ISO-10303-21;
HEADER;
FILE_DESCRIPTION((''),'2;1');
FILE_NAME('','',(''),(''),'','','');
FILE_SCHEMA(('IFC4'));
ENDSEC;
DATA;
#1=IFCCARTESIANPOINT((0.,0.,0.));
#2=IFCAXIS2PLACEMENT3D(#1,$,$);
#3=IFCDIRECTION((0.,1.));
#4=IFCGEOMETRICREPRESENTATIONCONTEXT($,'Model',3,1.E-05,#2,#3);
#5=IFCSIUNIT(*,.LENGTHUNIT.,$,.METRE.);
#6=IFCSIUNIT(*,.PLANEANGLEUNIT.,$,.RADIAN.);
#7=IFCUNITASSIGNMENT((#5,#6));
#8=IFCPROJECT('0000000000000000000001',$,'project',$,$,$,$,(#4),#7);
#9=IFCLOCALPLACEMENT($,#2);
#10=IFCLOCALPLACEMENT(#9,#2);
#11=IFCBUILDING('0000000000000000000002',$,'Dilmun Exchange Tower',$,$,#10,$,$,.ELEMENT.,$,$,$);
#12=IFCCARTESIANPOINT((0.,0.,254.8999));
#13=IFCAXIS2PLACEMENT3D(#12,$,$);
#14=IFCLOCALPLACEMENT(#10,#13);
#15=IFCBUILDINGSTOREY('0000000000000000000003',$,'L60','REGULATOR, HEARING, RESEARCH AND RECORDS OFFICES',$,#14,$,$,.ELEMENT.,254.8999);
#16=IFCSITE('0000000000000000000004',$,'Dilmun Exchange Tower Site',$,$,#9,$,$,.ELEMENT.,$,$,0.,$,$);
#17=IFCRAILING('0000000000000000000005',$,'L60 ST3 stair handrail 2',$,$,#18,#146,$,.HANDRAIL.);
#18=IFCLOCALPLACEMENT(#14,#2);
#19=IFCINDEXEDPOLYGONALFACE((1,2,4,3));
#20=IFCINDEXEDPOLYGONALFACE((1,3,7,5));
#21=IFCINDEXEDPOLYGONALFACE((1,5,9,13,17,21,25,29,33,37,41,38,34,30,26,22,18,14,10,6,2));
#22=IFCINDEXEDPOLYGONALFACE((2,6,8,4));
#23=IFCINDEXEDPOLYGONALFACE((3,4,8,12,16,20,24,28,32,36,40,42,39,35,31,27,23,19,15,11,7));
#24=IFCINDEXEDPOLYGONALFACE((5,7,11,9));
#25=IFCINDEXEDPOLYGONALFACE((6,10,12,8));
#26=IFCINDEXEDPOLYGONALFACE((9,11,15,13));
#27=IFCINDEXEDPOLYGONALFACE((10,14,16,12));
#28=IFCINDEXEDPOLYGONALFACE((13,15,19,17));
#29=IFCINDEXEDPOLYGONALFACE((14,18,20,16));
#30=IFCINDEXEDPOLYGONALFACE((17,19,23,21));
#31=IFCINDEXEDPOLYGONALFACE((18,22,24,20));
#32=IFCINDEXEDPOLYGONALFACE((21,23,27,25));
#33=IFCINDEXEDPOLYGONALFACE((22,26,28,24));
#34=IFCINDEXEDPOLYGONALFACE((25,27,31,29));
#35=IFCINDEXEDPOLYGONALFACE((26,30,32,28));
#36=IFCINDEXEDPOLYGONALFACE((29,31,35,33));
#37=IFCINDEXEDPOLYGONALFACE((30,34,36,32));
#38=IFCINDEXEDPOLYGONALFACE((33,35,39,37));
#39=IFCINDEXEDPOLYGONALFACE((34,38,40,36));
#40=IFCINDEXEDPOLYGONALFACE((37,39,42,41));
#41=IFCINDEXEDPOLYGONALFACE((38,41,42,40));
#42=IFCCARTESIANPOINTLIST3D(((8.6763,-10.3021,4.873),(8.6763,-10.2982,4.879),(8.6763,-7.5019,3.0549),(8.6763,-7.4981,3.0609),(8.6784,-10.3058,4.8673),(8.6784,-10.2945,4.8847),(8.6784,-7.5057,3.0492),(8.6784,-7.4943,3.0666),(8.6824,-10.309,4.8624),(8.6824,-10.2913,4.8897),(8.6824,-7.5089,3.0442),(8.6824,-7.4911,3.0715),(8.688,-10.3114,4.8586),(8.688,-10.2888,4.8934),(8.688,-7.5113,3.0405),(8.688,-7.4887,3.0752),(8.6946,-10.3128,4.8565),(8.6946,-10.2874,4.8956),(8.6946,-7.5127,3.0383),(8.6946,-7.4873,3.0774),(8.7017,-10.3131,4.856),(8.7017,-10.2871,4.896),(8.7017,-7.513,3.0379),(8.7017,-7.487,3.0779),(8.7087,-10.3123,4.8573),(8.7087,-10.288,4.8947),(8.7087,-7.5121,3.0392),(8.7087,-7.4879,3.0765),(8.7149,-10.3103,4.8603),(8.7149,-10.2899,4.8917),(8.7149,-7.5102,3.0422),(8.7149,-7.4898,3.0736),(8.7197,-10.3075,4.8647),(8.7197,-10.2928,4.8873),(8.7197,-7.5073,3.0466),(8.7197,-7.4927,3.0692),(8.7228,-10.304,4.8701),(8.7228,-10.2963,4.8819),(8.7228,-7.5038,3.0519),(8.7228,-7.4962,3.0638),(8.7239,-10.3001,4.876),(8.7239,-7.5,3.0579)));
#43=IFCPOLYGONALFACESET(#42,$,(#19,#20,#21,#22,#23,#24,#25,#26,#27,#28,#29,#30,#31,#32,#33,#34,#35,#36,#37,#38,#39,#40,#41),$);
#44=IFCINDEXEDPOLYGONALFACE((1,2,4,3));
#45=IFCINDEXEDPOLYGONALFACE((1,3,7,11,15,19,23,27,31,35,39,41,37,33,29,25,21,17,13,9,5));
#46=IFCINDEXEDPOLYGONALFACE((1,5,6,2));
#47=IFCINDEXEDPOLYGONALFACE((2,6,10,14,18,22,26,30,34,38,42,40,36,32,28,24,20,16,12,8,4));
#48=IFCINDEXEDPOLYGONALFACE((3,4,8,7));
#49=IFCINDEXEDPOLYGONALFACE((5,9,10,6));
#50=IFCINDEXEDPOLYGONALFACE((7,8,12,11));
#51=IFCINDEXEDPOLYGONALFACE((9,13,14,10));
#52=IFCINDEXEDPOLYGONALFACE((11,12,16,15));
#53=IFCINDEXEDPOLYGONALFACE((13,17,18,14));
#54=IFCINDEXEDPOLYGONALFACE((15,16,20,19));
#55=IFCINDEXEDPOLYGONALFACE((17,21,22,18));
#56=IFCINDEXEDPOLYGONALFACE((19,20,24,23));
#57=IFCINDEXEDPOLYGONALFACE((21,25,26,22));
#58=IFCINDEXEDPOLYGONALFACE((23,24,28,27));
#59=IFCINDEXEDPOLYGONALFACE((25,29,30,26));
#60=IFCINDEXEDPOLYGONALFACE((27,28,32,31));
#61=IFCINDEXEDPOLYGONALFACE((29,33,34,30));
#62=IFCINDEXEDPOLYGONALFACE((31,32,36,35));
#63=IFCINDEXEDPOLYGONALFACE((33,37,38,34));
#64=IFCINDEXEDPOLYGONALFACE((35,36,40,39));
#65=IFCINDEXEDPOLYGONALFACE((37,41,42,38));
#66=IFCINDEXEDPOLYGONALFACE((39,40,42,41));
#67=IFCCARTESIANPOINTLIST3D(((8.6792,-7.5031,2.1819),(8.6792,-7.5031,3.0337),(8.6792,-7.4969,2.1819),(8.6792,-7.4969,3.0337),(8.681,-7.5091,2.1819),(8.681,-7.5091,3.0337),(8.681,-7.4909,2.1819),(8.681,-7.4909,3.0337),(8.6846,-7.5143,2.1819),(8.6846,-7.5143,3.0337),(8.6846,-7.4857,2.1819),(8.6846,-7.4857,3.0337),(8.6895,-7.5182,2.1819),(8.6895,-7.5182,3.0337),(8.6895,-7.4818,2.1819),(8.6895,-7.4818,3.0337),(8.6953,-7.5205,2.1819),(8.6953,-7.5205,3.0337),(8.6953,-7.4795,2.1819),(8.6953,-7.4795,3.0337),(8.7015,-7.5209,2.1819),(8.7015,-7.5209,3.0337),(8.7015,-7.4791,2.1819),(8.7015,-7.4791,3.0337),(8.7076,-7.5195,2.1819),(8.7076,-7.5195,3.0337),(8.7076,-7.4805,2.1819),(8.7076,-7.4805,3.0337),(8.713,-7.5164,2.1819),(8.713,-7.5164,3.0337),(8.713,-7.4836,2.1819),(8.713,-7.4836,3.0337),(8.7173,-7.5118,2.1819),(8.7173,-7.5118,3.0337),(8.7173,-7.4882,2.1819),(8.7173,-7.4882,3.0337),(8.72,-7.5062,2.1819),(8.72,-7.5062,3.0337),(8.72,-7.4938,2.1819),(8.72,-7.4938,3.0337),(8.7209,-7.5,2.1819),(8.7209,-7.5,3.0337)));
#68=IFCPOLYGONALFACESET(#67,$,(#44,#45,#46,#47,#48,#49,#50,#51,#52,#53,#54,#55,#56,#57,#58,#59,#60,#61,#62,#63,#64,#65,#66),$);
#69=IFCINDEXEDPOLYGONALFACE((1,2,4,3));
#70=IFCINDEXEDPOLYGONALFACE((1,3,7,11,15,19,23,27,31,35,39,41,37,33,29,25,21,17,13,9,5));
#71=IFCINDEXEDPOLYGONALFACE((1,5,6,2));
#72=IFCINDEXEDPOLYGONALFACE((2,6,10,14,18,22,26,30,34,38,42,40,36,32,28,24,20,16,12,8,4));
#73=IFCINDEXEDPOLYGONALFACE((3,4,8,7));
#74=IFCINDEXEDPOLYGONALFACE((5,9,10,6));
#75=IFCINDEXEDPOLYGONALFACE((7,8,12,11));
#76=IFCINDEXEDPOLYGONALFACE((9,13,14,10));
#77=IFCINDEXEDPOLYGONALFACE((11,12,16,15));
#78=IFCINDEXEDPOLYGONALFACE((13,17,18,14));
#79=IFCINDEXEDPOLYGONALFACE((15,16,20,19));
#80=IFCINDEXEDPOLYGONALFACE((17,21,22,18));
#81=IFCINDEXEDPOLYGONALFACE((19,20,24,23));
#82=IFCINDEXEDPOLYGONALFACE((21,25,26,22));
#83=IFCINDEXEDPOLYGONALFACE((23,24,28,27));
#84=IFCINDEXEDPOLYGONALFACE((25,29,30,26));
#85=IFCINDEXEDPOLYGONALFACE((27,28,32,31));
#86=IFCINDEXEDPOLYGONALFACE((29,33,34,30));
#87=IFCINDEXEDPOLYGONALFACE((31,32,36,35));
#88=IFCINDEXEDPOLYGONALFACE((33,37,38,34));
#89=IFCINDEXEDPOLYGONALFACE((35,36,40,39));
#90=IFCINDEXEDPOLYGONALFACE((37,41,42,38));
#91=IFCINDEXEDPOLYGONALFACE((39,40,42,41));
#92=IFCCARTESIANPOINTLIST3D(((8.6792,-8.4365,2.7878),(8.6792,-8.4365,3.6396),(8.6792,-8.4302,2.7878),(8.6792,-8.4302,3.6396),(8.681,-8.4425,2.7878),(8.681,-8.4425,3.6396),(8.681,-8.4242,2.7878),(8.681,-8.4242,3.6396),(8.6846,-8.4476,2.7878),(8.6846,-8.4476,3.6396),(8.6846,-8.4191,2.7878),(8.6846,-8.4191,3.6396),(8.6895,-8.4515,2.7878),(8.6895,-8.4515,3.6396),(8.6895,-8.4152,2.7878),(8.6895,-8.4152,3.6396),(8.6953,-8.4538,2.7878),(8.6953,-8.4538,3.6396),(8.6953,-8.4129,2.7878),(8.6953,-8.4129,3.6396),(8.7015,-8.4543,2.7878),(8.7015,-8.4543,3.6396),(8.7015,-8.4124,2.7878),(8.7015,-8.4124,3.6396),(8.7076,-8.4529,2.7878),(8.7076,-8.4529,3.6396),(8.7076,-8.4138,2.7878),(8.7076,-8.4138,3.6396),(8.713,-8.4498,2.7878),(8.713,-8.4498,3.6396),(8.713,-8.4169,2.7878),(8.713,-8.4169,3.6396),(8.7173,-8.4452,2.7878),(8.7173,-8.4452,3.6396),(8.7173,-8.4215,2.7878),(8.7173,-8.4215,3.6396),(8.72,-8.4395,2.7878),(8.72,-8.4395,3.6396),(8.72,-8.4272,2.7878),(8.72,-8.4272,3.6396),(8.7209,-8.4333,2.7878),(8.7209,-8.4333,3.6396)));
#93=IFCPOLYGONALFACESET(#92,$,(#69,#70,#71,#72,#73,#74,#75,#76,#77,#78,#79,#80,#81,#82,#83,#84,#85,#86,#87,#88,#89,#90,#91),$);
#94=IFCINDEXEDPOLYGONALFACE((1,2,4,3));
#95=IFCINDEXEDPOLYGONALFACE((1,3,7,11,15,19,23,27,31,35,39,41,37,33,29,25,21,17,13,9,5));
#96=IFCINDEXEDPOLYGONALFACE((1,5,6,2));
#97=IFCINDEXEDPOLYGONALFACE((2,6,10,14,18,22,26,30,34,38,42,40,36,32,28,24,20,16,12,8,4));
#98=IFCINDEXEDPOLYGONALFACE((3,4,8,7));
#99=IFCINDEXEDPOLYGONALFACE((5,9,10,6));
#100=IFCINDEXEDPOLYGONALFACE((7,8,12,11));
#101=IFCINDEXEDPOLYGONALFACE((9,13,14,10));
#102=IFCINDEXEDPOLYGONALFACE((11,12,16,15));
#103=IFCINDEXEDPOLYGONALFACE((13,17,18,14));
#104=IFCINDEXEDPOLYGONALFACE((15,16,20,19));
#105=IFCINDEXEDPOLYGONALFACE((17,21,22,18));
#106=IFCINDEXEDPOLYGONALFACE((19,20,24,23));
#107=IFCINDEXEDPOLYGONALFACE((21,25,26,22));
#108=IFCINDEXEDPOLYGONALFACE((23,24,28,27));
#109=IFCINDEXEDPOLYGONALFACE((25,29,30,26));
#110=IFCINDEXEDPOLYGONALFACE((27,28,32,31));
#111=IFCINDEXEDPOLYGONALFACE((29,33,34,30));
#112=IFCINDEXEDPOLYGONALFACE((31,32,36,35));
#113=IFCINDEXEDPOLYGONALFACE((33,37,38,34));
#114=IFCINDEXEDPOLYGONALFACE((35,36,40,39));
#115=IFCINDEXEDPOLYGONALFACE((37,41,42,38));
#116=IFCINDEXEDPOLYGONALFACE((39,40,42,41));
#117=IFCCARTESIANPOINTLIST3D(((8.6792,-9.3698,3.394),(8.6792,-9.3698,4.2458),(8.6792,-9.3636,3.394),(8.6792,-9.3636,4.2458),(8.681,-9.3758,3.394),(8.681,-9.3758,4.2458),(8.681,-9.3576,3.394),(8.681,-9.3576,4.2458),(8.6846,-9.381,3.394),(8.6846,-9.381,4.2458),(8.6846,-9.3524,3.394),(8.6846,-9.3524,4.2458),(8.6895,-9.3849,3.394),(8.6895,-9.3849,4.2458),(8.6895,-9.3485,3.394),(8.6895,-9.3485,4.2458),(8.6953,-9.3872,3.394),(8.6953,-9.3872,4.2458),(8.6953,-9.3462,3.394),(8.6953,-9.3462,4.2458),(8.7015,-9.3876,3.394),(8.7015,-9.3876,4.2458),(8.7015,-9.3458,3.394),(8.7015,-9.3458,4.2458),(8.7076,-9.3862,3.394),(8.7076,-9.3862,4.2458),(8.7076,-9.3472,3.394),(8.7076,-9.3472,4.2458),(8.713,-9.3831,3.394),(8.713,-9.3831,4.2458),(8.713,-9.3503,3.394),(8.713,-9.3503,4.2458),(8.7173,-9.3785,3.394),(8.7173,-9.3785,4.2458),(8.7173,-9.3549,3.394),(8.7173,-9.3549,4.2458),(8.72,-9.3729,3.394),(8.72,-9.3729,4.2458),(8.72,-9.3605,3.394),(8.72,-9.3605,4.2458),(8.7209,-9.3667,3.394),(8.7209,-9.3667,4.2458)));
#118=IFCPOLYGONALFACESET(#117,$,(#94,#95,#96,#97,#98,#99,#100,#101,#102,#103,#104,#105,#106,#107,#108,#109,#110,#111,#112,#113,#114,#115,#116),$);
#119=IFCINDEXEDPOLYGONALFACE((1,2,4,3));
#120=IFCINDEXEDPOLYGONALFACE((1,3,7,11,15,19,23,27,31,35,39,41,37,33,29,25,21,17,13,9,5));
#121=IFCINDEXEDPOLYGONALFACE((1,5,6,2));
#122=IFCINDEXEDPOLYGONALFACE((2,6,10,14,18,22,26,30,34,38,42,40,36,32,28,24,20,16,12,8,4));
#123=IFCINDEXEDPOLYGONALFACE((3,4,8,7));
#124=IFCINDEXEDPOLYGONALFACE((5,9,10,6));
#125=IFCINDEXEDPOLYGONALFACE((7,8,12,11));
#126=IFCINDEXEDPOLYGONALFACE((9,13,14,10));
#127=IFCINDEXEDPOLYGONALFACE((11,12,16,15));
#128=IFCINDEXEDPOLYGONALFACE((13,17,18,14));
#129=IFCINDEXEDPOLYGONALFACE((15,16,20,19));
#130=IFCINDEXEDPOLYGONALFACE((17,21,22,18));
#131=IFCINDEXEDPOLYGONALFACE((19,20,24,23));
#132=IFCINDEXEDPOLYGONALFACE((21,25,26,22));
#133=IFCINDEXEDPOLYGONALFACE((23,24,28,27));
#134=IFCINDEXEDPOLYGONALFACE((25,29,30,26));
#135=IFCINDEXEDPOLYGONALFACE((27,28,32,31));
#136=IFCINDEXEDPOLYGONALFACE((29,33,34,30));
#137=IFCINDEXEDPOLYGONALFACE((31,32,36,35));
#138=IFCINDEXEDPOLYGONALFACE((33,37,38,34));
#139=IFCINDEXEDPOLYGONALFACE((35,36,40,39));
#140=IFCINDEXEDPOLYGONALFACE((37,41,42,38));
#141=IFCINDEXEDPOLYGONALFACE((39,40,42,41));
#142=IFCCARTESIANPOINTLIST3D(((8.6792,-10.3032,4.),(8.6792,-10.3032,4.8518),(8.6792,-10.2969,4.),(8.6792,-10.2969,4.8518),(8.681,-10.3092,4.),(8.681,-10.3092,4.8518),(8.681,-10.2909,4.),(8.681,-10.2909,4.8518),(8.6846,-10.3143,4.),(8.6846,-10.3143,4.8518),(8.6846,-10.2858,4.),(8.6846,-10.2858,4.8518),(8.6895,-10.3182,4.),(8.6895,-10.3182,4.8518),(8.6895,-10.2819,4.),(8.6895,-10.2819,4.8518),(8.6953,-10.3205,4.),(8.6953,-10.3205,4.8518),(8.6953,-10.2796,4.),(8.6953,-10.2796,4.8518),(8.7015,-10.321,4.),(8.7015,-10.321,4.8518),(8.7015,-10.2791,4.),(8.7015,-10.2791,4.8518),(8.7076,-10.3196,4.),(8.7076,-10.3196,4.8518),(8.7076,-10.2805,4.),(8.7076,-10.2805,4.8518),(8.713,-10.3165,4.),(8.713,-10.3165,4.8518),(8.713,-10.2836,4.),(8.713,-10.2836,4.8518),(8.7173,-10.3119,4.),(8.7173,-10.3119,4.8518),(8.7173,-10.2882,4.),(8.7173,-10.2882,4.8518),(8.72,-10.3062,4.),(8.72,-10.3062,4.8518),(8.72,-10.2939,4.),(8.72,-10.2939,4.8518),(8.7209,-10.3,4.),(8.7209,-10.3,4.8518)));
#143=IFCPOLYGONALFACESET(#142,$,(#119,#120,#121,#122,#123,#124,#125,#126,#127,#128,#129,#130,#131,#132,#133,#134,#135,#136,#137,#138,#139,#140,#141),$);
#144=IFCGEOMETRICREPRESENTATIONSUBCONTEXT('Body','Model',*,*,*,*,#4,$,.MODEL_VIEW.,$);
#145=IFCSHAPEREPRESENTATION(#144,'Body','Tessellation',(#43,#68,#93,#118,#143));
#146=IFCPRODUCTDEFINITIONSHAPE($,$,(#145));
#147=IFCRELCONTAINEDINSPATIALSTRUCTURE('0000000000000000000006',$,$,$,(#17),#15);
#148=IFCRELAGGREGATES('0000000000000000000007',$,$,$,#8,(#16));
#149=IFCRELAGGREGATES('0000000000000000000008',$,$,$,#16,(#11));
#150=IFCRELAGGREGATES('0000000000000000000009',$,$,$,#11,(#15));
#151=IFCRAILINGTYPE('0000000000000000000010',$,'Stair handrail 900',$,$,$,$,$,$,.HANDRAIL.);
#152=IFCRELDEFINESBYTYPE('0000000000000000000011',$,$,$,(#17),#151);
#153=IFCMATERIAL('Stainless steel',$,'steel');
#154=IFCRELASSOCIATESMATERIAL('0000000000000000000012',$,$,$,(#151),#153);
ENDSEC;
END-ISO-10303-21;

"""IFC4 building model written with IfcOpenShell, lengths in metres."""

from ifc_helpers import new_model, si_unit, direction, frame, origin, origin_2d, place, context, subcontext, project, spatial, circle, extrude, material, type_object, element, save


model = new_model("IFC4")

# Units and contexts
model_context = context("Model", 3, precision=1e-05, world=origin(), true_north=direction((0.0, 1.0)))
body_context = subcontext(model_context, "Body", "Model", "MODEL_VIEW")
ifc_project = project(units=[si_unit("LENGTHUNIT", "METRE"), si_unit("PLANEANGLEUNIT", "RADIAN")], contexts=[model_context])

# Site, building, storey
site_placement = place(None, origin())
site = spatial("IfcSite", under=ifc_project, at=site_placement, Name="Dilmun Exchange Tower Site", CompositionType="ELEMENT", RefElevation=0.0)
building_placement = place(site_placement, origin())
building = spatial("IfcBuilding", under=site, at=building_placement, Name="Dilmun Exchange Tower", CompositionType="ELEMENT")
storey_placement = place(building_placement, frame((0.0, 0.0, 254.8999)))
storey = spatial("IfcBuildingStorey", under=building, at=storey_placement, Name="L60", Description="REGULATOR, HEARING, RESEARCH AND RECORDS OFFICES", CompositionType="ELEMENT", Elevation=254.8999)

# Railing
ifc_material_1 = material(Name="Stainless steel", Category="steel")
railing_type = type_object("IfcRailingType", Name="Stair handrail 900", PredefinedType="HANDRAIL", material=ifc_material_1)
railing_1_placement = place(storey_placement, frame((8.7, -7.5, 2.1819)))
element("IfcRailing", 1, at=railing_1_placement, inside=storey, type_object=railing_type, Name="L60 ST3 stair handrail 2", PredefinedType="HANDRAIL", context=body_context, shape_type="SweptSolid", body=[
    extrude(circle(Radius=0.0239, at=origin_2d()), frame((0.0, 0.0, 0.876), z_axis=(0.0, -0.838706, 0.544585), x_axis=(1.0, 0.0, 0.0)), (0.0, 0.0, 1.0), 3.3386),
    extrude(circle(Radius=0.021, at=origin_2d()), origin(), (0.0, 0.0, 1.0), 0.8518),
    extrude(circle(Radius=0.021, at=origin_2d()), frame((0.0, -0.9333, 0.606)), (0.0, 0.0, 1.0), 0.8518),
    extrude(circle(Radius=0.021, at=origin_2d()), frame((0.0, -1.8667, 1.2122)), (0.0, 0.0, 1.0), 0.8518),
    extrude(circle(Radius=0.021, at=origin_2d()), frame((0.0, -2.8, 1.8181)), (0.0, 0.0, 1.0), 0.8518),
])

save(model, "model.ifc")
